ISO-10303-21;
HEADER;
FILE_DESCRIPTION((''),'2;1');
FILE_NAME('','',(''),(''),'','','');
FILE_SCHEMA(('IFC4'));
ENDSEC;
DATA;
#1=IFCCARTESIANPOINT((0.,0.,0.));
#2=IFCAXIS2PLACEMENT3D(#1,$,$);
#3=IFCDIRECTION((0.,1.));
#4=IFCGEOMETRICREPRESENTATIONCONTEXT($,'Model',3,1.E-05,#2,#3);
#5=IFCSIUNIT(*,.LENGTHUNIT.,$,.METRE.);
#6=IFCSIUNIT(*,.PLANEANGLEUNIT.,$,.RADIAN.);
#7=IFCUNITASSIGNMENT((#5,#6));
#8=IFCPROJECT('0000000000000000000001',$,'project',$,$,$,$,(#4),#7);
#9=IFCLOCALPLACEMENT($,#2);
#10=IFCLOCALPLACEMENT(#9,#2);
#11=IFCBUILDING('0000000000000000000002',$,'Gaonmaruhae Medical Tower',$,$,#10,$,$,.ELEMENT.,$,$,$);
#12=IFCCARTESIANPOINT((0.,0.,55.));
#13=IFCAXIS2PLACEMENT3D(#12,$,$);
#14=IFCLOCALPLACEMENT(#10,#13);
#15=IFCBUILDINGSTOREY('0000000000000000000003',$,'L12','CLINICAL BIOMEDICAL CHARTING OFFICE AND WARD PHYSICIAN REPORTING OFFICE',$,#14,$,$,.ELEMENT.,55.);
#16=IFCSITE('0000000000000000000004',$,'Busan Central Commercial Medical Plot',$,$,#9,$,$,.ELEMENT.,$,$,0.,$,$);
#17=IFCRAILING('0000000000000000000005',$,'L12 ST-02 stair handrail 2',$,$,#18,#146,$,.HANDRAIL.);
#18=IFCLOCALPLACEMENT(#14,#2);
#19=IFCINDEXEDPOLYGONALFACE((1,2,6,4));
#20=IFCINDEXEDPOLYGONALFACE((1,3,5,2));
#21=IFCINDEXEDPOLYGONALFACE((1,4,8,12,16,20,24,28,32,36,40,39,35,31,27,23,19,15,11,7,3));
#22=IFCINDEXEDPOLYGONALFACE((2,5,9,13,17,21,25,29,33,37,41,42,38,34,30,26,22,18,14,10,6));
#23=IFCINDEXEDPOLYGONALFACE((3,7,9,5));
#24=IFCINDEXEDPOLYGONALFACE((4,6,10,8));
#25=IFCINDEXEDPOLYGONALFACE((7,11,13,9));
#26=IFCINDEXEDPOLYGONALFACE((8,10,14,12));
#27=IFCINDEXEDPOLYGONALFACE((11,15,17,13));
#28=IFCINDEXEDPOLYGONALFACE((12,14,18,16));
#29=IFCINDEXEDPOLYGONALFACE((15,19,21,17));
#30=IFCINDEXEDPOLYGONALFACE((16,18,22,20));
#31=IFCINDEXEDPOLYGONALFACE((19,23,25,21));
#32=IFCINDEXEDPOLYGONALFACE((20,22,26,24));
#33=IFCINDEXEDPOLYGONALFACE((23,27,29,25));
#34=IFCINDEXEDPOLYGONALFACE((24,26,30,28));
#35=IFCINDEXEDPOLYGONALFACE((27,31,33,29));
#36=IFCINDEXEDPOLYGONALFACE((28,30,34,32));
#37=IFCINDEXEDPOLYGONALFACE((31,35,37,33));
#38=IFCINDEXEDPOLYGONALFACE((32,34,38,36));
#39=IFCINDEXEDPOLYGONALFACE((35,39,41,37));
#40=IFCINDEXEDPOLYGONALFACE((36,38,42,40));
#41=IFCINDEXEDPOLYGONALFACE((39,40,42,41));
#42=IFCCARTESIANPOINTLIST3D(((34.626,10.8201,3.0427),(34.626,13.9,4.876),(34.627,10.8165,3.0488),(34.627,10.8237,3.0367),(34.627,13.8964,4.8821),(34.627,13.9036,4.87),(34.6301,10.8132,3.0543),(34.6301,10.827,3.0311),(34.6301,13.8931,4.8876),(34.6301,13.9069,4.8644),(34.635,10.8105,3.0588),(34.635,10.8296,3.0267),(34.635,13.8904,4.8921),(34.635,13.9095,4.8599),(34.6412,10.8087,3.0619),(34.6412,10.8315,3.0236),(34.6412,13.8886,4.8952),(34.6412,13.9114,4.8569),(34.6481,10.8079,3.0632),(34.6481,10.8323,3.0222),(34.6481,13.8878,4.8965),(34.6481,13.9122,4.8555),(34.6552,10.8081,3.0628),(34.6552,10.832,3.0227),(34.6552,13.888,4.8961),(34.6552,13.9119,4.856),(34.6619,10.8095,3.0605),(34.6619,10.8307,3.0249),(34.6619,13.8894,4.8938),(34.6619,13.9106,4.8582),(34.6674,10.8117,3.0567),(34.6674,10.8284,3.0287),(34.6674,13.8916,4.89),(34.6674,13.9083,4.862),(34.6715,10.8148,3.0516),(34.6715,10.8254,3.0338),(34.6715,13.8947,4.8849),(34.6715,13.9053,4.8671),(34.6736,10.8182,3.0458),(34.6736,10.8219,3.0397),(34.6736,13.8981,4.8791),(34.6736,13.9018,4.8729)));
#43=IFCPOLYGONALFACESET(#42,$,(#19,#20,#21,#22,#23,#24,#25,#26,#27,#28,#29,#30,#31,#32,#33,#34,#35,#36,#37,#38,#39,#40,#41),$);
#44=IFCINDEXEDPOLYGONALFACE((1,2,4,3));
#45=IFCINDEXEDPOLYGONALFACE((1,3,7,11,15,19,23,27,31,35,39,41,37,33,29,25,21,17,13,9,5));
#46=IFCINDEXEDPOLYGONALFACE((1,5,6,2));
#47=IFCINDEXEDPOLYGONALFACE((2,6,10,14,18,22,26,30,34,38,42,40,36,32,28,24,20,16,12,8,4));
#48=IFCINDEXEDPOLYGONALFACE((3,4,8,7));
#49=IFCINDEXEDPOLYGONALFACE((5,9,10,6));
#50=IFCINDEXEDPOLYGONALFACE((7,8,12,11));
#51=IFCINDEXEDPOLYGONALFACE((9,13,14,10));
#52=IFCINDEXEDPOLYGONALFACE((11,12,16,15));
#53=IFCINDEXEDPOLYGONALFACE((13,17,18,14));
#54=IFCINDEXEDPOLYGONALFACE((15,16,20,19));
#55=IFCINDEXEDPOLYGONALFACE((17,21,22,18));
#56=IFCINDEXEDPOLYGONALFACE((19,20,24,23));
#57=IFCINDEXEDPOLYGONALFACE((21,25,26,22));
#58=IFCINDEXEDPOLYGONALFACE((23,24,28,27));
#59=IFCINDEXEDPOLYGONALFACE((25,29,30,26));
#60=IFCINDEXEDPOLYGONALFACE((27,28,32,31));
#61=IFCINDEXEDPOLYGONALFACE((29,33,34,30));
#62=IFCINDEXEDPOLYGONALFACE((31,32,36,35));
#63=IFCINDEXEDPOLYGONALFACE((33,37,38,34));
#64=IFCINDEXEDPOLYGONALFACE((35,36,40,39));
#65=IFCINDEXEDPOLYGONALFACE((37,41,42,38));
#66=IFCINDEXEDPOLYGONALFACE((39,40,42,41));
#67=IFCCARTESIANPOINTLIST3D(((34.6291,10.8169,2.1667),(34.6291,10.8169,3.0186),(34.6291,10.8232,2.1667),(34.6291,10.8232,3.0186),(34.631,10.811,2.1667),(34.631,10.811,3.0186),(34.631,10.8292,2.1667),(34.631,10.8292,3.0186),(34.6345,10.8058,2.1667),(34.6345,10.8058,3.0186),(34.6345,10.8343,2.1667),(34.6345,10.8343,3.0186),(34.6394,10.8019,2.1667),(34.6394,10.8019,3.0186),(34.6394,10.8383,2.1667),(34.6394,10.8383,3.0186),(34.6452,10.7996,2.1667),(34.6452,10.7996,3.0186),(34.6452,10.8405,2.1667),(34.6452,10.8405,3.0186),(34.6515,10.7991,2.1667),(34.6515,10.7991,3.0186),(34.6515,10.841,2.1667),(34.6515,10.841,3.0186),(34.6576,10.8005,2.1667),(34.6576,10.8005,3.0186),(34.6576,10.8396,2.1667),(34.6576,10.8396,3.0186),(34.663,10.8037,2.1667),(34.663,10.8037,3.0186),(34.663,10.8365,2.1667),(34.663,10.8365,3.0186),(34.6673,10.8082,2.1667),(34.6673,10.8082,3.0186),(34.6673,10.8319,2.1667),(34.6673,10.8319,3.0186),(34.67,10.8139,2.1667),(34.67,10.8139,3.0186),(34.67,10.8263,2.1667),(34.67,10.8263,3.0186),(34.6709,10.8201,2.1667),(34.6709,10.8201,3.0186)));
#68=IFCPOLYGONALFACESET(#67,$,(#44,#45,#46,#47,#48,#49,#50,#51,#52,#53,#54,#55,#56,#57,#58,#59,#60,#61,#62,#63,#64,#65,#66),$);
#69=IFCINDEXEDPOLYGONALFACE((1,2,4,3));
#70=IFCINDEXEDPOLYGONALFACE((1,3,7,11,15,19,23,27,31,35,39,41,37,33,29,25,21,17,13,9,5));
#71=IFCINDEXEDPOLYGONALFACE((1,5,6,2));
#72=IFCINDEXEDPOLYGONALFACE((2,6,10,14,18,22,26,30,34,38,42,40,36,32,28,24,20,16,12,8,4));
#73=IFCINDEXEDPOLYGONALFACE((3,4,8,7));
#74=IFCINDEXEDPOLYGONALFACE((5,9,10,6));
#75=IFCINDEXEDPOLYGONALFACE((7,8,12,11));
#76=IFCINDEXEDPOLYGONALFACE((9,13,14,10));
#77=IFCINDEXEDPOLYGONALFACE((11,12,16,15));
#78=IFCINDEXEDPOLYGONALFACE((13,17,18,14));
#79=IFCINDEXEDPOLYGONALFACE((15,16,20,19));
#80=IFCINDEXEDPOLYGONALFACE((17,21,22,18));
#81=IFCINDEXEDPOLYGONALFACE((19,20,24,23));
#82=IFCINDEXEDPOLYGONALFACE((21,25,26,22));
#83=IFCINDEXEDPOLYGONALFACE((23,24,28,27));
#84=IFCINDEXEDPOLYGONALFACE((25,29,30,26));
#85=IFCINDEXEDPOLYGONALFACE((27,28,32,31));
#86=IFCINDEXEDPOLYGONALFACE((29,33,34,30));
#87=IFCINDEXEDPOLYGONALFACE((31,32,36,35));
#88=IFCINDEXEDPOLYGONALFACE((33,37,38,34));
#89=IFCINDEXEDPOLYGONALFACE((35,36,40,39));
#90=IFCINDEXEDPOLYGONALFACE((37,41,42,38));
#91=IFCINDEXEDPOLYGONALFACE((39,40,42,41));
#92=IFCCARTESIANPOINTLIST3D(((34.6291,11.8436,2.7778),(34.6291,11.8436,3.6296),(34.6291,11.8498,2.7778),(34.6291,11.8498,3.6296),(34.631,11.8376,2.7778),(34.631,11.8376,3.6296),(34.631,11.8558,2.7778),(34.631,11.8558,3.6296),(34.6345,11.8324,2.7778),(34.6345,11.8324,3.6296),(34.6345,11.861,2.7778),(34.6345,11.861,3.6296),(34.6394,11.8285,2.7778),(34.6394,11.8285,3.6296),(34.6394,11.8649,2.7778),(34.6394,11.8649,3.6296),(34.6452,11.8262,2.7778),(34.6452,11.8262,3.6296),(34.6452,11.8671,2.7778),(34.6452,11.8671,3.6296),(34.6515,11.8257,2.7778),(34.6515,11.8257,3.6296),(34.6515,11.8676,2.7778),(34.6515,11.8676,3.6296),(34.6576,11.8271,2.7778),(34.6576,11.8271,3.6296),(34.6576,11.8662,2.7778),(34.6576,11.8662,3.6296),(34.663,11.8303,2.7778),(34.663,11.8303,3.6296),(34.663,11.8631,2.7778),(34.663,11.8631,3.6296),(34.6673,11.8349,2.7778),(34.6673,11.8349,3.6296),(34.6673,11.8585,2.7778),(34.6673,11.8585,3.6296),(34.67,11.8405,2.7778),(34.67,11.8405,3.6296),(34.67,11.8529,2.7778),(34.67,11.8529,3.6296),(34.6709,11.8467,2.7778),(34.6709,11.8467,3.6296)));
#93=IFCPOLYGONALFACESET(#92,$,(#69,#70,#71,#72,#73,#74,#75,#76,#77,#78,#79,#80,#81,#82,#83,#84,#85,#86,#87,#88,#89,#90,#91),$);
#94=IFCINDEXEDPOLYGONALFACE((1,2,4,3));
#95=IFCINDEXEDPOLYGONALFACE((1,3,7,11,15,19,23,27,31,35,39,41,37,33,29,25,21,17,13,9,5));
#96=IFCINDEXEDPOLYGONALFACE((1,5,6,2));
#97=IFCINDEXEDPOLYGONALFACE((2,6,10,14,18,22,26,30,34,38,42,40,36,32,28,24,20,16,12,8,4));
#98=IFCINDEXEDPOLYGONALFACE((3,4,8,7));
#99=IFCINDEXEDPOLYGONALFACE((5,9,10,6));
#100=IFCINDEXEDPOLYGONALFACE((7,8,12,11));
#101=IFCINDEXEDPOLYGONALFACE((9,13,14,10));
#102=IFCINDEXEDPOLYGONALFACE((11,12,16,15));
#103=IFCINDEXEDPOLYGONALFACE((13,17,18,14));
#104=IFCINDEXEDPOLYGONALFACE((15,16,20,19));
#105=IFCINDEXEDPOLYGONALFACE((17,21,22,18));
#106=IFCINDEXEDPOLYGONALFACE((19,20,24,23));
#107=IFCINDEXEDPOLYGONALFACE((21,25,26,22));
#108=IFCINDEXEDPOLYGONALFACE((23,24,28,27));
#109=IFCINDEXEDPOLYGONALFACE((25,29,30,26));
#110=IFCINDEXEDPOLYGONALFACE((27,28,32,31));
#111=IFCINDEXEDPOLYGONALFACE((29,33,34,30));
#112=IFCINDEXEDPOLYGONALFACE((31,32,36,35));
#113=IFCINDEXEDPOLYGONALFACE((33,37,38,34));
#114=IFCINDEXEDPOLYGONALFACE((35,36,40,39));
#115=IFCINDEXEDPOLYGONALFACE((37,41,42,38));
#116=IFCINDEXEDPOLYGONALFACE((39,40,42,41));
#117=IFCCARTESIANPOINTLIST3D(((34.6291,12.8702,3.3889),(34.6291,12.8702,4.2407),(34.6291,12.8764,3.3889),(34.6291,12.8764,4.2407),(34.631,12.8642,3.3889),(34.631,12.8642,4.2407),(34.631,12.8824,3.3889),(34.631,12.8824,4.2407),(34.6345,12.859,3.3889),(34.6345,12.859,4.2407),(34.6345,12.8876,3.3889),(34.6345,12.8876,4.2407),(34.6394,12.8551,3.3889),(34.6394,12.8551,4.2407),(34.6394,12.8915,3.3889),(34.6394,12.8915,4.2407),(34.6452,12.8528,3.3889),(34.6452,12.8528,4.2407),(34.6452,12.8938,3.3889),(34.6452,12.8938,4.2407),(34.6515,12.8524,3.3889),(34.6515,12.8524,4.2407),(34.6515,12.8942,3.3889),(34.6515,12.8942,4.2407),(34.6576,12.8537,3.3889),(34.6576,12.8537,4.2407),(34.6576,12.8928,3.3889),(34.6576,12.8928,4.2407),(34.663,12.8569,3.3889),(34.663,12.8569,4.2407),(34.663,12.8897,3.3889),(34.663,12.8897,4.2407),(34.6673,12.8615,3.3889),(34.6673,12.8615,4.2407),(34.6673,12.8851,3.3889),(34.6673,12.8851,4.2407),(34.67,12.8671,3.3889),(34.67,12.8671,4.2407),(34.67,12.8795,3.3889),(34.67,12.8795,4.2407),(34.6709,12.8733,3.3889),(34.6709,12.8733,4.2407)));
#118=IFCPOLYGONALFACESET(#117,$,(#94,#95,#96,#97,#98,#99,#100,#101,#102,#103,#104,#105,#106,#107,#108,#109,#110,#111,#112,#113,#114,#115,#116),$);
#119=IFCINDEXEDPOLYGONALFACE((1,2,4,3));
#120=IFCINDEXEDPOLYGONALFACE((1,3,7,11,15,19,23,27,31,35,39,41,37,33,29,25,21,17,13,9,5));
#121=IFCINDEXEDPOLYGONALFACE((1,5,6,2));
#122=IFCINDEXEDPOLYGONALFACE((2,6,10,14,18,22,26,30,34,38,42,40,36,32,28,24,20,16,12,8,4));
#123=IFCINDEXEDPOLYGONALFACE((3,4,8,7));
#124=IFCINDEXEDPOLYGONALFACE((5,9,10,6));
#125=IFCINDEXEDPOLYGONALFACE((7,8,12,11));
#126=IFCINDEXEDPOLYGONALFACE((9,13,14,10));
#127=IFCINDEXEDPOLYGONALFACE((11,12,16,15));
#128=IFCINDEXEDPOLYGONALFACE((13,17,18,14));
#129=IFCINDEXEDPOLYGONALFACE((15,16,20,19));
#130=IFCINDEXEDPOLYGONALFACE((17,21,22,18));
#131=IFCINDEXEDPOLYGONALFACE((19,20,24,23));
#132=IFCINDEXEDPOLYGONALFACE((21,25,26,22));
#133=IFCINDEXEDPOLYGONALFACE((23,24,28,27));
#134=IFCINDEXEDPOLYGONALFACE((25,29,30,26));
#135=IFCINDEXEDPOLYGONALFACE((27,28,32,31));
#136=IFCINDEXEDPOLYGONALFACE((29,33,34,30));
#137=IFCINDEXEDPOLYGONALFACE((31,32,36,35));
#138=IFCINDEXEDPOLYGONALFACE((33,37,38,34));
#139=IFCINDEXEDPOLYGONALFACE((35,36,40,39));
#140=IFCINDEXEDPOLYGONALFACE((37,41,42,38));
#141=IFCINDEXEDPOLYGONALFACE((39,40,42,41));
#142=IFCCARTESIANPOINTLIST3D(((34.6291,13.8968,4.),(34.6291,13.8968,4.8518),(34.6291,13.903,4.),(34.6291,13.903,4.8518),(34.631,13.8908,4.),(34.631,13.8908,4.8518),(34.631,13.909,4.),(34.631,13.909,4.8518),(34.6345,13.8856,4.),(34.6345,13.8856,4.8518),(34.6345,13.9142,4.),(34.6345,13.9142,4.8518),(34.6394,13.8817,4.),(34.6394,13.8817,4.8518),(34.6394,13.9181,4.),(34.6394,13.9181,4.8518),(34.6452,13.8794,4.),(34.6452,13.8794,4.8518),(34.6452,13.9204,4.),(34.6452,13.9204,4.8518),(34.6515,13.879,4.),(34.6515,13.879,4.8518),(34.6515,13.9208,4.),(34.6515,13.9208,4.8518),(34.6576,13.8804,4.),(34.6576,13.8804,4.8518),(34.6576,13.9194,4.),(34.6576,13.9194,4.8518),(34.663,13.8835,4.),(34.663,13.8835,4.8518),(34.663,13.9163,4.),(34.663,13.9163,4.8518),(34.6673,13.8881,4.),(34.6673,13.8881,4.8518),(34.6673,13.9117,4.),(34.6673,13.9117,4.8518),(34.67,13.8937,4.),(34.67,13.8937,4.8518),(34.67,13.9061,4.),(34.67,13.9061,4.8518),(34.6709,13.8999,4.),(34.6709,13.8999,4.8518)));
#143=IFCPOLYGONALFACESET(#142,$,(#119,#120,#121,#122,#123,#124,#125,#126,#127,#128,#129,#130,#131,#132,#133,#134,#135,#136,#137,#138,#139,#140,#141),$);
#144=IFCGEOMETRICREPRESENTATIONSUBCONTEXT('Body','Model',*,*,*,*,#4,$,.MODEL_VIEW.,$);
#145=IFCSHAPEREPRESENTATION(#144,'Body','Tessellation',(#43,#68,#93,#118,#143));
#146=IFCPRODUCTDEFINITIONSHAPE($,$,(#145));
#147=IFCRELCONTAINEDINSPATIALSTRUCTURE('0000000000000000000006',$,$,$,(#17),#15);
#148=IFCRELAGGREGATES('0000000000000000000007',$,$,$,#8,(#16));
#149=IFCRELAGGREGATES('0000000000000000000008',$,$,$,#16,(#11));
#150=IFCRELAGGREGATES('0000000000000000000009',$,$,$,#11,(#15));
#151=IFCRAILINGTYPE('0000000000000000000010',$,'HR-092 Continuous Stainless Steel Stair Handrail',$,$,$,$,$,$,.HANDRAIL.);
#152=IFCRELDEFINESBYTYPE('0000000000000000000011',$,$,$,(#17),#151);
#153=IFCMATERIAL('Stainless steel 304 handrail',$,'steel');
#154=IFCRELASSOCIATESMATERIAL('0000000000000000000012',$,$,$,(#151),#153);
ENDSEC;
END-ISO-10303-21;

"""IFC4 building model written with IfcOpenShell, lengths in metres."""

from ifc_helpers import new_model, si_unit, direction, frame, origin, origin_2d, place, context, subcontext, project, spatial, circle, extrude, material, type_object, element, save


model = new_model("IFC4")

# Units and contexts
model_context = context("Model", 3, precision=1e-05, world=origin(), true_north=direction((0.0, 1.0)))
body_context = subcontext(model_context, "Body", "Model", "MODEL_VIEW")
ifc_project = project(units=[si_unit("LENGTHUNIT", "METRE"), si_unit("PLANEANGLEUNIT", "RADIAN")], contexts=[model_context])

# Site, building, storey
site_placement = place(None, origin())
site = spatial("IfcSite", under=ifc_project, at=site_placement, Name="Busan Central Commercial Medical Plot", CompositionType="ELEMENT", RefElevation=0.0)
building_placement = place(site_placement, origin())
building = spatial("IfcBuilding", under=site, at=building_placement, Name="Gaonmaruhae Medical Tower", CompositionType="ELEMENT")
storey_placement = place(building_placement, frame((0.0, 0.0, 55.0)))
storey = spatial("IfcBuildingStorey", under=building, at=storey_placement, Name="L12", Description="CLINICAL BIOMEDICAL CHARTING OFFICE AND WARD PHYSICIAN REPORTING OFFICE", CompositionType="ELEMENT", Elevation=55.0)

# Railing
ifc_material_1 = material(Name="Stainless steel 304 handrail", Category="steel")
railing_type_1 = type_object("IfcRailingType", Name="HR-092 Continuous Stainless Steel Stair Handrail", PredefinedType="HANDRAIL", material=ifc_material_1)
railing_1_placement = place(storey_placement, frame((34.6499, 10.8201, 2.1667)))
element("IfcRailing", 1, at=railing_1_placement, inside=storey, type_object=railing_type_1, Name="L12 ST-02 stair handrail 2", PredefinedType="HANDRAIL", context=body_context, shape_type="SweptSolid", body=[
    extrude(circle(Radius=0.0239, at=origin_2d()), frame((0.0, 0.0, 0.876), z_axis=(0.0, 0.859291, 0.511487), x_axis=(-1.0, 0.0, 0.0)), (0.0, 0.0, 1.0), 3.5842),
    extrude(circle(Radius=0.021, at=origin_2d()), origin(), (0.0, 0.0, 1.0), 0.8518),
    extrude(circle(Radius=0.021, at=origin_2d()), frame((0.0, 1.0266, 0.6111)), (0.0, 0.0, 1.0), 0.8518),
    extrude(circle(Radius=0.021, at=origin_2d()), frame((0.0, 2.0532, 1.2222)), (0.0, 0.0, 1.0), 0.8518),
    extrude(circle(Radius=0.021, at=origin_2d()), frame((0.0, 3.0798, 1.8333)), (0.0, 0.0, 1.0), 0.8518),
])

save(model, "model.ifc")
